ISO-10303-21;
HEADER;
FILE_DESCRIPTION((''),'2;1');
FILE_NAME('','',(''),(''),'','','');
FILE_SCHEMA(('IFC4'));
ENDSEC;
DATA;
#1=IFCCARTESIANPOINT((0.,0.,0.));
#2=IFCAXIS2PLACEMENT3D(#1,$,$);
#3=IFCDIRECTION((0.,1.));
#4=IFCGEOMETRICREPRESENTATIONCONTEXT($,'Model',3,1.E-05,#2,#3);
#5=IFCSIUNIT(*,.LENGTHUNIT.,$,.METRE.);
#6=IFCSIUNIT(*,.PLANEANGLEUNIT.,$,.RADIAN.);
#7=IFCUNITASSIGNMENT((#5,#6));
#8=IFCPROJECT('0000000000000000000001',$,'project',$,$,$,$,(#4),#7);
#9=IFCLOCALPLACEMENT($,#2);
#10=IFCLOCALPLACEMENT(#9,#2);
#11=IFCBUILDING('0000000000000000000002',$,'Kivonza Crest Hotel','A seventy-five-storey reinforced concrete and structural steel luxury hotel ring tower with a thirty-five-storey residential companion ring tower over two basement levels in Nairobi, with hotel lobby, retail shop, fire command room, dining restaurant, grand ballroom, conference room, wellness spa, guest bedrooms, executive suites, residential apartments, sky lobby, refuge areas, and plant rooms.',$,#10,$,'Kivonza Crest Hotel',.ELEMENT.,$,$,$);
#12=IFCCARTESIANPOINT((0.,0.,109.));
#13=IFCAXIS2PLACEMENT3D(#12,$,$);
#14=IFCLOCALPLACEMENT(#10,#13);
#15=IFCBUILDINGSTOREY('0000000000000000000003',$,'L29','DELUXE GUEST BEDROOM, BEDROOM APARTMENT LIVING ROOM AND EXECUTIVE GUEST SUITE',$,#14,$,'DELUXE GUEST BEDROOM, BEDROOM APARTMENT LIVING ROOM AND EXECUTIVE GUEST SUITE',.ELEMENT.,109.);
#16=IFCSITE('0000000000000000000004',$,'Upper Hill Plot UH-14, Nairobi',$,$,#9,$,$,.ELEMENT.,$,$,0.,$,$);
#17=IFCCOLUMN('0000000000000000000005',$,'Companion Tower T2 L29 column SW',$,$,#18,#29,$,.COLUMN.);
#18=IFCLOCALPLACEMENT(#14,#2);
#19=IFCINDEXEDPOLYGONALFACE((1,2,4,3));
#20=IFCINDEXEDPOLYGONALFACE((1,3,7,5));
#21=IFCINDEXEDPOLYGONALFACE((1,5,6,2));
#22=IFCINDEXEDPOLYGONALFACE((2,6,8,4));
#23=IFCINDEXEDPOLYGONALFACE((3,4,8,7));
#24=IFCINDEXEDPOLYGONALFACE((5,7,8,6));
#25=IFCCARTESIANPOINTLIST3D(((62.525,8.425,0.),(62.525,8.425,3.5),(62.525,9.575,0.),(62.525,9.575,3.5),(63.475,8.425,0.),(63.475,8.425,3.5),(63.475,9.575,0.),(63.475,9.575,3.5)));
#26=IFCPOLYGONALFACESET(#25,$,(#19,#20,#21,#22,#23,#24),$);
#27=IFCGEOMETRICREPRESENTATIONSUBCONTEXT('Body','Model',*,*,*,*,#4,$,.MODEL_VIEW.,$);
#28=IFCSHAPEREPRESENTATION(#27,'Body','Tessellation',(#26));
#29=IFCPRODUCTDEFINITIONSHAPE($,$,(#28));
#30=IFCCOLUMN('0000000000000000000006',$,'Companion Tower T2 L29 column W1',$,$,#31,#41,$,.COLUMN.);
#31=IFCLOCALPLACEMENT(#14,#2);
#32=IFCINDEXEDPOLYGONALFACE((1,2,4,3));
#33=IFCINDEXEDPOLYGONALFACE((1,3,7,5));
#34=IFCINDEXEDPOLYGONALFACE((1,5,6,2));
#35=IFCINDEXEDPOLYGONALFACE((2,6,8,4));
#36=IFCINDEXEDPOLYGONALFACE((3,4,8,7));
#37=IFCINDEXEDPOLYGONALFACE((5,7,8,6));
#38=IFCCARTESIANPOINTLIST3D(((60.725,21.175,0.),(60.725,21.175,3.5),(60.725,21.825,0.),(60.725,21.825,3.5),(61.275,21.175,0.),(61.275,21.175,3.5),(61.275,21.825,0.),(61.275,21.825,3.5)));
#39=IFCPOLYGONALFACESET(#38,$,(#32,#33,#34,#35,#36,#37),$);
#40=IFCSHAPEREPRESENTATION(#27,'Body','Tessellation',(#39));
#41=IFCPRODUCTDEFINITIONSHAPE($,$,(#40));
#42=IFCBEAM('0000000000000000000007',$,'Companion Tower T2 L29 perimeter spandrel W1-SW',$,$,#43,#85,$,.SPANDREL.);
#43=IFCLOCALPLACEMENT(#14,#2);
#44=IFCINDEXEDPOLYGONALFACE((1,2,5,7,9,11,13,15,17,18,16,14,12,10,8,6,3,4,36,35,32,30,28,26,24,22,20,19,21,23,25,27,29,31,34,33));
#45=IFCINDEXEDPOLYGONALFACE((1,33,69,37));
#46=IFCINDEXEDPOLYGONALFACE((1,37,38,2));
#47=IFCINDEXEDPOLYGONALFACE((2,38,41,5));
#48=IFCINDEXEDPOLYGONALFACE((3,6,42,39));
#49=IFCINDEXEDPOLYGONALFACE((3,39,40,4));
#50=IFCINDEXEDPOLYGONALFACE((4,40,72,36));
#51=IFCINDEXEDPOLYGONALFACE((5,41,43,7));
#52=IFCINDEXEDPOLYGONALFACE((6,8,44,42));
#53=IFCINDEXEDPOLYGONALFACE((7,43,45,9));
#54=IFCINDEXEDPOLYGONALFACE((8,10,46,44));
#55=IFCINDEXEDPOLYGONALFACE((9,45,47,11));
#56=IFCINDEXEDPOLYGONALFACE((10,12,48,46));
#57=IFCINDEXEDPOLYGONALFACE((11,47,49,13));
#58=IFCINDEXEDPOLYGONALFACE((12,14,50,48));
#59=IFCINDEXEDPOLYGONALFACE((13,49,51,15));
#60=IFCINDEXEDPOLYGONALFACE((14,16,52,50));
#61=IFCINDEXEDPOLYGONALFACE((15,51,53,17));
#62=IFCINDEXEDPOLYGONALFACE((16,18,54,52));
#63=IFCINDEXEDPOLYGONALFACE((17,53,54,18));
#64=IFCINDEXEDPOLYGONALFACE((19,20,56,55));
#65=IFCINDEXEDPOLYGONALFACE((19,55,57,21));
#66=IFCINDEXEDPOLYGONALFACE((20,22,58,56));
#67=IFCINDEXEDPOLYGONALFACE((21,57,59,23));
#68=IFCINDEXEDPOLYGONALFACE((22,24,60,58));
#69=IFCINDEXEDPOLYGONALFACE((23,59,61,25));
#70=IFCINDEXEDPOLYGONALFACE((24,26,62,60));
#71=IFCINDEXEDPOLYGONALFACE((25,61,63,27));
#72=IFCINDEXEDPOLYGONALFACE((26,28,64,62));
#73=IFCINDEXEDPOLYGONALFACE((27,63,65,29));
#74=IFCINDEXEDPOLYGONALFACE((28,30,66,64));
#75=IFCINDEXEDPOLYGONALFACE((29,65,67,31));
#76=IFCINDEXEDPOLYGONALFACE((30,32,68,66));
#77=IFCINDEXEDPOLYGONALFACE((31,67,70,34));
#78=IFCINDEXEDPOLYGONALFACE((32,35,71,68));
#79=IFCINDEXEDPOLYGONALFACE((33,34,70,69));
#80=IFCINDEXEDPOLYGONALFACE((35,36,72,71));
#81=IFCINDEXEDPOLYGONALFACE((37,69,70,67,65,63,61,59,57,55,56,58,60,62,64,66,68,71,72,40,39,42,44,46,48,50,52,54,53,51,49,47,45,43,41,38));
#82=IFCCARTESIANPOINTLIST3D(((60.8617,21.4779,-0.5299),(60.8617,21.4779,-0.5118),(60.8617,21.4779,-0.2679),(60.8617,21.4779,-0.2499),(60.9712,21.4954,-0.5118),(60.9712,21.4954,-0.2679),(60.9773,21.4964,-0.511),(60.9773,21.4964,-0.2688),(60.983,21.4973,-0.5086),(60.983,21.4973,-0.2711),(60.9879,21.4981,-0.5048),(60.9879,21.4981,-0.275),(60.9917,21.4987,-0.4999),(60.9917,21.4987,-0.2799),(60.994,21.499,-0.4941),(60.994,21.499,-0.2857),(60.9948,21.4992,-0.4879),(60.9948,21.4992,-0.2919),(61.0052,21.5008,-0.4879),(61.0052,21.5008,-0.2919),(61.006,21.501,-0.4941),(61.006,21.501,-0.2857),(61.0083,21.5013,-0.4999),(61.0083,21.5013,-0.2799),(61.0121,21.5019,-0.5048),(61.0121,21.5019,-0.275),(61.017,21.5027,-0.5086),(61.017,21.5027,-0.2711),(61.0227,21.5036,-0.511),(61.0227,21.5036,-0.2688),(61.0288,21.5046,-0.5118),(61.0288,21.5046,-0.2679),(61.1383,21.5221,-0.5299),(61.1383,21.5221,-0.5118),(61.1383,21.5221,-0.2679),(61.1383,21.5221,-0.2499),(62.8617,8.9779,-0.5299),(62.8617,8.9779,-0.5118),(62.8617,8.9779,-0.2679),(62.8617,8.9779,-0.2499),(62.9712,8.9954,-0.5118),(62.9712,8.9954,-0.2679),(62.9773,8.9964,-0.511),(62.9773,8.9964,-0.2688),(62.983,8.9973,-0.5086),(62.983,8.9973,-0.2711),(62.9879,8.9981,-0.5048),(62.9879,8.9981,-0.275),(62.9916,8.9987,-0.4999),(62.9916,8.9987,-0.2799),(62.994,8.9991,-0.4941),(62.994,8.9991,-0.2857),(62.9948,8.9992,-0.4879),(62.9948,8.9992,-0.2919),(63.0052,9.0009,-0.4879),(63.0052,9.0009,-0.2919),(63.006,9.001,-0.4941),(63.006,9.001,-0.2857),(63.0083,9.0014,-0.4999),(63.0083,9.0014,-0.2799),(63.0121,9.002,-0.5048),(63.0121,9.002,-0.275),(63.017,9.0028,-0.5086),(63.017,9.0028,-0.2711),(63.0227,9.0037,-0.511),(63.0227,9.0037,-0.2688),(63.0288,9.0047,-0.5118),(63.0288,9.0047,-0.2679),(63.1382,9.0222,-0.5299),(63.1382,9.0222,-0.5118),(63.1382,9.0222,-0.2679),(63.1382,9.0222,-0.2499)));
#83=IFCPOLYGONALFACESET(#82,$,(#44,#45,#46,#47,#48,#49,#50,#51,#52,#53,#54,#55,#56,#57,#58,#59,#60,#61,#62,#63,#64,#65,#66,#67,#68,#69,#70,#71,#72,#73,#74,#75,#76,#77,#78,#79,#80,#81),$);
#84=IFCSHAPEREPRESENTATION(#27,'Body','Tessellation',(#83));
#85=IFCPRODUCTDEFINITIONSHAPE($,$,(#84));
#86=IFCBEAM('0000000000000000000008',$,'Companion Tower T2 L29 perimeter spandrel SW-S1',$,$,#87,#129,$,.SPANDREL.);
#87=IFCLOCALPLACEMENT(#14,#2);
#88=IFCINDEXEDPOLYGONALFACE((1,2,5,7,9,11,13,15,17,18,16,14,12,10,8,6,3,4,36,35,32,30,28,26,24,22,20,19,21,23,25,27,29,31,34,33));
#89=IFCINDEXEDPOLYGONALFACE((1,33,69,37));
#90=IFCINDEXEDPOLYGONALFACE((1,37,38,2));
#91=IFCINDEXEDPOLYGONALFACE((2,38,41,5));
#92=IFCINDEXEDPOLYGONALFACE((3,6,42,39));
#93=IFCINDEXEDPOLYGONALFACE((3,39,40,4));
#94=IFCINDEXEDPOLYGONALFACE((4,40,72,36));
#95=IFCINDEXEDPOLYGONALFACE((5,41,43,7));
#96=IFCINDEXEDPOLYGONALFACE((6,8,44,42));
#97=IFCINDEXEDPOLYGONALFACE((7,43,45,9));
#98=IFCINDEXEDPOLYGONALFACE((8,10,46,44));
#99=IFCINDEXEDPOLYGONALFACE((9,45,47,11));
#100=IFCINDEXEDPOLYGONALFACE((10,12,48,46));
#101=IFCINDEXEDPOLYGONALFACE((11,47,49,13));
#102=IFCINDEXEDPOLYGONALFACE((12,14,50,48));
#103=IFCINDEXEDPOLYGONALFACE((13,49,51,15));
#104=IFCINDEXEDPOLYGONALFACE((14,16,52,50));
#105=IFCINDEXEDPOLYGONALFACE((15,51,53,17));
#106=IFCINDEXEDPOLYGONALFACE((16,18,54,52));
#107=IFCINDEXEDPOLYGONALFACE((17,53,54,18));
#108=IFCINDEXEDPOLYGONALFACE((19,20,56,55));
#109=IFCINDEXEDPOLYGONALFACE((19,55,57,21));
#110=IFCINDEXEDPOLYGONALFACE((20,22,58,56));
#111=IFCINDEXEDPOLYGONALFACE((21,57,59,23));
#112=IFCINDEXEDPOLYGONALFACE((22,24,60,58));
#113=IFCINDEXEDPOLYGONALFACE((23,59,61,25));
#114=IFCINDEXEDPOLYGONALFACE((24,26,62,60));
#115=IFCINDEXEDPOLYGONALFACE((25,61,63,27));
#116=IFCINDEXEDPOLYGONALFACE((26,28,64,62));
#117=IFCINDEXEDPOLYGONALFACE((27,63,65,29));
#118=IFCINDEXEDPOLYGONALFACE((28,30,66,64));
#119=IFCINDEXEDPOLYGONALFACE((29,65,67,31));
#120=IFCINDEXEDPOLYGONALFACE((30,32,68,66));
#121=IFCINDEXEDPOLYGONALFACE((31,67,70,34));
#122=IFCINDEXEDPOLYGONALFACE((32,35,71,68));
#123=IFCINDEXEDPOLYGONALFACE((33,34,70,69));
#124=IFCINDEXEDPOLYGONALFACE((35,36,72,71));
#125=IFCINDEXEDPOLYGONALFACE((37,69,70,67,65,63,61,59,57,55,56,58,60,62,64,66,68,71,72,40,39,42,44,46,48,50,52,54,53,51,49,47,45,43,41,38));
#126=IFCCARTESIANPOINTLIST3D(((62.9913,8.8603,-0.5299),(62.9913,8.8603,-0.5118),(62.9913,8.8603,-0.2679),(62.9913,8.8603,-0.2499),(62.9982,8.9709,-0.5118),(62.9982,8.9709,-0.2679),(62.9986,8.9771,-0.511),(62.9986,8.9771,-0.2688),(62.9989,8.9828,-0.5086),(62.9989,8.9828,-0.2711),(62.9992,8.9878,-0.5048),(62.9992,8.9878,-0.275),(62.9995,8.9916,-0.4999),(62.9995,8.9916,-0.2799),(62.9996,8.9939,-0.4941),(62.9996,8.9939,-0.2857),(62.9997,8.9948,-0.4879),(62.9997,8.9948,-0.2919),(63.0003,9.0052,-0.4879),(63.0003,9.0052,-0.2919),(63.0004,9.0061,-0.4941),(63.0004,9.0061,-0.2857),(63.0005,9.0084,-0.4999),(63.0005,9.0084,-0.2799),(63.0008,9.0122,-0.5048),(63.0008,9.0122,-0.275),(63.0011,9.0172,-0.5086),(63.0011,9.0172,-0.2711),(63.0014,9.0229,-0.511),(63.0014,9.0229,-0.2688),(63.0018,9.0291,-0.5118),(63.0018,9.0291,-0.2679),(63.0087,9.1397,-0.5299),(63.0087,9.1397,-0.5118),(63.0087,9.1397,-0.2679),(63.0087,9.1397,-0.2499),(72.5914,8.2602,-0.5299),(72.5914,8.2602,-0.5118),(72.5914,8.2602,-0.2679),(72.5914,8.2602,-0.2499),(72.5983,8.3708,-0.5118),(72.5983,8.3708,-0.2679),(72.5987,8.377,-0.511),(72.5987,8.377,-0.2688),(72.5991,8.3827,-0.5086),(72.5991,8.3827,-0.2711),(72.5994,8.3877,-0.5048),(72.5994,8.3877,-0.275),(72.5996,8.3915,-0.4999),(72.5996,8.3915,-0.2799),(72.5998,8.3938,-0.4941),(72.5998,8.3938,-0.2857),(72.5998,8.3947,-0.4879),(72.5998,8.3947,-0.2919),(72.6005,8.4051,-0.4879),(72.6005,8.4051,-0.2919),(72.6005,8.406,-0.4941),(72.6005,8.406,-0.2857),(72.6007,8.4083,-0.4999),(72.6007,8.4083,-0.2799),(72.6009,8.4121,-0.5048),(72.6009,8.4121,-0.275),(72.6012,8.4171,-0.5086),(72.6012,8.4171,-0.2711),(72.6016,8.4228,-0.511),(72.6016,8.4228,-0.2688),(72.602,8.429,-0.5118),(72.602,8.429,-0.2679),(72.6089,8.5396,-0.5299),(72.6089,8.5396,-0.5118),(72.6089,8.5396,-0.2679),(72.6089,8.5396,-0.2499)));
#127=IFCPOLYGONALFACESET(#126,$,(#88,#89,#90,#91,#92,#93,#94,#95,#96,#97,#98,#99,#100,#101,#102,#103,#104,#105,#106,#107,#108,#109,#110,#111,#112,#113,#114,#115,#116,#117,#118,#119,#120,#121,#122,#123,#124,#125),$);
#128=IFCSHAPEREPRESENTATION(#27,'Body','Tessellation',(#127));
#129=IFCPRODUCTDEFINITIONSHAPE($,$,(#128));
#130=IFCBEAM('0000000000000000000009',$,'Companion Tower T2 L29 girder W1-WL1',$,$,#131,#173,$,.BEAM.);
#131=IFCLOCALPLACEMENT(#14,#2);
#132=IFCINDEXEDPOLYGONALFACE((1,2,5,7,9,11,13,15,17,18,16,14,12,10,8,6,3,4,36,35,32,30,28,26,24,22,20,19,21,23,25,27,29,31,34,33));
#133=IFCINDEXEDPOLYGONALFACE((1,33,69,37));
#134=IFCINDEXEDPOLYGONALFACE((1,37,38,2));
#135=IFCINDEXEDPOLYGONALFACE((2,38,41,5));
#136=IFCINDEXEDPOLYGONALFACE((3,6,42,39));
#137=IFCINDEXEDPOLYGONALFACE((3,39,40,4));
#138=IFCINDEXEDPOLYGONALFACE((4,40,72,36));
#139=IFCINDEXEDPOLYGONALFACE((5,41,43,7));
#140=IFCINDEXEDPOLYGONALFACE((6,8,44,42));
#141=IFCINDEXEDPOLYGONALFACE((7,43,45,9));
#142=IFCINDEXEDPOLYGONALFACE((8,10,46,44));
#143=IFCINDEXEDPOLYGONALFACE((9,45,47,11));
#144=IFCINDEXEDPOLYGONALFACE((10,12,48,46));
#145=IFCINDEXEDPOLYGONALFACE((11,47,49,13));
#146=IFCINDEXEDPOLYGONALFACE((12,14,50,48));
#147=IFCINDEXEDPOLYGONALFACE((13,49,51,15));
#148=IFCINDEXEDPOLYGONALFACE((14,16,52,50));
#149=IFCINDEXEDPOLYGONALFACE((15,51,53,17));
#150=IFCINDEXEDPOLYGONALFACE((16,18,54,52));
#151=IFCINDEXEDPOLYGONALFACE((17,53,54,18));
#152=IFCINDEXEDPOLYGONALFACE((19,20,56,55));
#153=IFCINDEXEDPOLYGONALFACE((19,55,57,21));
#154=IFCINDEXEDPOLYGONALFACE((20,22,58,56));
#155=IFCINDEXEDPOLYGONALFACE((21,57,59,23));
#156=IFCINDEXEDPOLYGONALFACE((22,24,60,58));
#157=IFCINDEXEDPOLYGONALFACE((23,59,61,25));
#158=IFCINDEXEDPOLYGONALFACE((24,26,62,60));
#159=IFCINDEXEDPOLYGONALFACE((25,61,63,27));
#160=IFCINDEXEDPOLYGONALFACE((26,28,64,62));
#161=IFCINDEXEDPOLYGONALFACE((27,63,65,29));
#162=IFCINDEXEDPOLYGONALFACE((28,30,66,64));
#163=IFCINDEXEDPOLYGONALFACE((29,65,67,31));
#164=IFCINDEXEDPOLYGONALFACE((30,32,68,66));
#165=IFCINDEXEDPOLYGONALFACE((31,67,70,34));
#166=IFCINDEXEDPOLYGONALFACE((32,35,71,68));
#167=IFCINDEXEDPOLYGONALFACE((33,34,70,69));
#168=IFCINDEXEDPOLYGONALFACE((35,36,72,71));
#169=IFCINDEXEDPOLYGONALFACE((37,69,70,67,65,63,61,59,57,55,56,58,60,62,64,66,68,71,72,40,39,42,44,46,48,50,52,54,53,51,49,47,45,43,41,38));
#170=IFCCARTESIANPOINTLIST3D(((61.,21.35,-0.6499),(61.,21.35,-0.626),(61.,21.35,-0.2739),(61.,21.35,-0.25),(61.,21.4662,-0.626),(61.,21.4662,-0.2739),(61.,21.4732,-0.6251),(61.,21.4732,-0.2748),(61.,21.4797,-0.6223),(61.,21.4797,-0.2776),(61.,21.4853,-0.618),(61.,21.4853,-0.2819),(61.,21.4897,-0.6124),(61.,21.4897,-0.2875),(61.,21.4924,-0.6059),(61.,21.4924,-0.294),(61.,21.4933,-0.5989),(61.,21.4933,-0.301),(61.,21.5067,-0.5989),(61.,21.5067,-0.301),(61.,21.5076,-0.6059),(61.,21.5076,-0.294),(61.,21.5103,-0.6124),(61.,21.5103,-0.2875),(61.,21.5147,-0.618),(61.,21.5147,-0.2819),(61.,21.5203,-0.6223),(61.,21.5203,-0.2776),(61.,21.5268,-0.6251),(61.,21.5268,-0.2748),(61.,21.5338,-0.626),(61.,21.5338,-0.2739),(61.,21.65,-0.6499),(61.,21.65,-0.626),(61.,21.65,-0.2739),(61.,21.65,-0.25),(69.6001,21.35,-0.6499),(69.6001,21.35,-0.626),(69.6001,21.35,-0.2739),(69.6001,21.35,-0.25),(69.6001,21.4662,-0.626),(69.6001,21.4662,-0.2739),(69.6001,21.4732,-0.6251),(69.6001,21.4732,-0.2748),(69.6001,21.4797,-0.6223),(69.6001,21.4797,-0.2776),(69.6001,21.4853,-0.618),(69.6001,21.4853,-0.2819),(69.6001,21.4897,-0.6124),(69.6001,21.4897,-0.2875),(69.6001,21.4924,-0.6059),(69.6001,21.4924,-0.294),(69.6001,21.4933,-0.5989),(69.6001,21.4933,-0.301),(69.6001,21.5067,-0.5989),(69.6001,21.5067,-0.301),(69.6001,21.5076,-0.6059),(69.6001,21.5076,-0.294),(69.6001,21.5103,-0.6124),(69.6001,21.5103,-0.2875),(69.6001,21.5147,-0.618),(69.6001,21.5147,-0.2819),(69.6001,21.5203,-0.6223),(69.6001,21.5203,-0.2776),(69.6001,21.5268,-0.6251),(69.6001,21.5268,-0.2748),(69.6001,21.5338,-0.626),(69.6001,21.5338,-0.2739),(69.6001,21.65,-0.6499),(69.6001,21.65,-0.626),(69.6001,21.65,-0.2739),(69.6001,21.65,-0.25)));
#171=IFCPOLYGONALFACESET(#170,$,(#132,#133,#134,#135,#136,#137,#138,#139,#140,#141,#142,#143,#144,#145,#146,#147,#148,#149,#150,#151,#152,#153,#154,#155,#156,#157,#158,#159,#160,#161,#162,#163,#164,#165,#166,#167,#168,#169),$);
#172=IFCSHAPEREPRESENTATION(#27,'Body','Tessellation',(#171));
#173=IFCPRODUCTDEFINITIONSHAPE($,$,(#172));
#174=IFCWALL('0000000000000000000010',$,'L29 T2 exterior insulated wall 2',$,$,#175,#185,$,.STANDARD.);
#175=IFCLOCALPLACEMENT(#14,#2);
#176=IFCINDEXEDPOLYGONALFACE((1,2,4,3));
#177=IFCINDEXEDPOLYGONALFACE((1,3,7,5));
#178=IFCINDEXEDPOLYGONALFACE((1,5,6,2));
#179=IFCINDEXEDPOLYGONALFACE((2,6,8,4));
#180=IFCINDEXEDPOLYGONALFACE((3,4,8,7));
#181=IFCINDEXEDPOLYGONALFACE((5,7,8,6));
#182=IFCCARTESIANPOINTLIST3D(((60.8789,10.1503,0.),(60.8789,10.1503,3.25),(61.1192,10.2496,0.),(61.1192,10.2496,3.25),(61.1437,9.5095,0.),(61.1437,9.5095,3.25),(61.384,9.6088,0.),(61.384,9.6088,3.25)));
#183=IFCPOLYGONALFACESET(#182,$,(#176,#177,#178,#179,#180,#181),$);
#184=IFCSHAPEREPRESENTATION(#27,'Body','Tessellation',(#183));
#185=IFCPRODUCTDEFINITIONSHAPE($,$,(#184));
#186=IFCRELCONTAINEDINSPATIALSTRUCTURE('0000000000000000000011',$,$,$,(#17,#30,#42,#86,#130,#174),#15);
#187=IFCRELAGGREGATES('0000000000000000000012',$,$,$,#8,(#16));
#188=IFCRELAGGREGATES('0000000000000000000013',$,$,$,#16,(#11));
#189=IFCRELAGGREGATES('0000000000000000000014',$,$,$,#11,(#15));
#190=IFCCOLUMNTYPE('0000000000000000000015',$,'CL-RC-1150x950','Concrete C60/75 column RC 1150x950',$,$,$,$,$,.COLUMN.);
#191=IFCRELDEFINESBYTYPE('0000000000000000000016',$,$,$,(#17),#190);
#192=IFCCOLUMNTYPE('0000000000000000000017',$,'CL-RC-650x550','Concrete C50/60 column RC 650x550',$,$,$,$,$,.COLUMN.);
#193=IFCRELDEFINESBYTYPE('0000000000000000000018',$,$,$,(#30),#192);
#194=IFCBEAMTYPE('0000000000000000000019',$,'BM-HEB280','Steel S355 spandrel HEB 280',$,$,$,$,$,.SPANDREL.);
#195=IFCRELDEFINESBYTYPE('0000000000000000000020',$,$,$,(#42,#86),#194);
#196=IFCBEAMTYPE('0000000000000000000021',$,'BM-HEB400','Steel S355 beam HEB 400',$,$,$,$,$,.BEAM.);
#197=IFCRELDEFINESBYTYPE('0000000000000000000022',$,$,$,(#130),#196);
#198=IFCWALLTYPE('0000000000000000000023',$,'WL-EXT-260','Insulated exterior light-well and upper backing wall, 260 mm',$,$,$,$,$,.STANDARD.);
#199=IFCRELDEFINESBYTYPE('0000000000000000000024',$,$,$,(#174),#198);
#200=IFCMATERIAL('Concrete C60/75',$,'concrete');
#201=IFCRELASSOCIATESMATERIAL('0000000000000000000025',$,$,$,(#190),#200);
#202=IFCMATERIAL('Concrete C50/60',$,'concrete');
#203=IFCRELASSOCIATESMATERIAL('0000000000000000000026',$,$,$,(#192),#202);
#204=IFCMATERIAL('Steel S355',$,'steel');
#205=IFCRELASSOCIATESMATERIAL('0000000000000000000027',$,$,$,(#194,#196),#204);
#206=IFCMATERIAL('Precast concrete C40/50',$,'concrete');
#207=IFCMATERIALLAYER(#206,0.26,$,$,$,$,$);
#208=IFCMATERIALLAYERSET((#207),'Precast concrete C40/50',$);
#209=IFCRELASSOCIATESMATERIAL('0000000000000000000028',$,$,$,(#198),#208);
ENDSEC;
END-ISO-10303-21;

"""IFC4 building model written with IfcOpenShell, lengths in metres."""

from ifc_helpers import new_model, si_unit, direction, frame, frame_2d, origin, origin_2d, place, context, subcontext, project, spatial, rectangle, i_section, extrude, material, layer, layer_set, material_profile, profile_set, type_object, element, save


model = new_model("IFC4")

# Units and contexts
model_context = context("Model", 3, precision=1e-05, world=origin(), true_north=direction((0.0, 1.0)))
body_context = subcontext(model_context, "Body", "Model", "MODEL_VIEW")
ifc_project = project(units=[si_unit("LENGTHUNIT", "METRE"), si_unit("PLANEANGLEUNIT", "RADIAN")], contexts=[model_context])

# Site, building, storey
site_placement = place(None, origin())
site = spatial("IfcSite", under=ifc_project, at=site_placement, Name="Upper Hill Plot UH-14, Nairobi", CompositionType="ELEMENT", RefElevation=0.0)
building_placement = place(site_placement, origin())
building = spatial("IfcBuilding", under=site, at=building_placement, Name="Kivonza Crest Hotel", Description="A seventy-five-storey reinforced concrete and structural steel luxury hotel ring tower with a thirty-five-storey residential companion ring tower over two basement levels in Nairobi, with hotel lobby, retail shop, fire command room, dining restaurant, grand ballroom, conference room, wellness spa, guest bedrooms, executive suites, residential apartments, sky lobby, refuge areas, and plant rooms.", LongName="Kivonza Crest Hotel", CompositionType="ELEMENT")
storey_placement = place(building_placement, frame((0.0, 0.0, 109.0)))
storey = spatial("IfcBuildingStorey", under=building, at=storey_placement, Name="L29", Description="DELUXE GUEST BEDROOM, BEDROOM APARTMENT LIVING ROOM AND EXECUTIVE GUEST SUITE", LongName="DELUXE GUEST BEDROOM, BEDROOM APARTMENT LIVING ROOM AND EXECUTIVE GUEST SUITE", CompositionType="ELEMENT", Elevation=109.0)

# Columns
ifc_material_1 = material(Name="Concrete C60/75", Category="concrete")
ifc_material_profile_1 = material_profile(ifc_material_1, rectangle(XDim=0.95, YDim=1.1499, at=origin_2d()), Name="RC 1150x950")
ifc_profile_set_1 = profile_set([ifc_material_profile_1], Name="Concrete C60/75")
column_type_1 = type_object("IfcColumnType", Name="CL-RC-1150x950", Description="Concrete C60/75 column RC 1150x950", PredefinedType="COLUMN", material=ifc_profile_set_1)
column_1_placement = place(storey_placement, frame((63.0, 9.0, 0.0), z_axis=(0.0, 0.0, 1.0), x_axis=(1.0, 0.0, 0.0)))
element("IfcColumn", 1, at=column_1_placement, inside=storey, type_object=column_type_1, Name="Companion Tower T2 L29 column SW", PredefinedType="COLUMN", context=body_context, shape_type="SweptSolid", body=[
    extrude(rectangle(XDim=0.95, YDim=1.1499, at=origin_2d()), origin(), (0.0, 0.0, 1.0), 3.5),
])
ifc_material_2 = material(Name="Concrete C50/60", Category="concrete")
ifc_material_profile_2 = material_profile(ifc_material_2, rectangle(XDim=0.55, YDim=0.6499, at=origin_2d()), Name="RC 650x550")
ifc_profile_set_2 = profile_set([ifc_material_profile_2], Name="Concrete C50/60")
column_type_2 = type_object("IfcColumnType", Name="CL-RC-650x550", Description="Concrete C50/60 column RC 650x550", PredefinedType="COLUMN", material=ifc_profile_set_2)
column_2_placement = place(storey_placement, frame((61.0, 21.5, 0.0), z_axis=(0.0, 0.0, 1.0), x_axis=(1.0, 0.0, 0.0)))
element("IfcColumn", 2, at=column_2_placement, inside=storey, type_object=column_type_2, Name="Companion Tower T2 L29 column W1", PredefinedType="COLUMN", context=body_context, shape_type="SweptSolid", body=[
    extrude(rectangle(XDim=0.55, YDim=0.6499, at=origin_2d()), origin(), (0.0, 0.0, 1.0), 3.5),
])

# Beams
ifc_material_3 = material(Name="Steel S355", Category="steel")
ifc_material_profile_3 = material_profile(ifc_material_3, i_section(OverallWidth=0.28, OverallDepth=0.28, WebThickness=0.0105, FlangeThickness=0.0181, FilletRadius=0.0239, at=origin_2d()), Name="HEB 280")
ifc_profile_set_3 = profile_set([ifc_material_profile_3], Name="Steel S355")
beam_type_1 = type_object("IfcBeamType", Name="BM-HEB280", Description="Steel S355 spandrel HEB 280", PredefinedType="SPANDREL", material=ifc_profile_set_3)
beam_1_placement = place(storey_placement, frame((61.0, 21.5, -0.3899), z_axis=(0.157991, -0.987441, 0.0), x_axis=(0.987441, 0.157991, 0.0)))
element("IfcBeam", 3, at=beam_1_placement, inside=storey, type_object=beam_type_1, Name="Companion Tower T2 L29 perimeter spandrel W1-SW", PredefinedType="SPANDREL", context=body_context, shape_type="SweptSolid", body=[
    extrude(i_section(OverallWidth=0.28, OverallDepth=0.28, WebThickness=0.0105, FlangeThickness=0.0181, FilletRadius=0.0239, at=origin_2d()), origin(), (0.0, 0.0, 1.0), 12.6589),
])
beam_2_placement = place(storey_placement, frame((63.0, 9.0, -0.3899), z_axis=(0.998052, -0.062388, 0.0), x_axis=(0.062388, 0.998052, 0.0)))
element("IfcBeam", 4, at=beam_2_placement, inside=storey, type_object=beam_type_1, Name="Companion Tower T2 L29 perimeter spandrel SW-S1", PredefinedType="SPANDREL", context=body_context, shape_type="SweptSolid", body=[
    extrude(i_section(OverallWidth=0.28, OverallDepth=0.28, WebThickness=0.0105, FlangeThickness=0.0181, FilletRadius=0.0239, at=origin_2d()), origin(), (0.0, 0.0, 1.0), 9.6189),
])
ifc_material_profile_4 = material_profile(ifc_material_3, i_section(OverallWidth=0.3, OverallDepth=0.3999, WebThickness=0.0134, FlangeThickness=0.0239, FilletRadius=0.0271, at=origin_2d()), Name="HEB 400")
ifc_profile_set_4 = profile_set([ifc_material_profile_4], Name="Steel S355")
beam_type_2 = type_object("IfcBeamType", Name="BM-HEB400", Description="Steel S355 beam HEB 400", PredefinedType="BEAM", material=ifc_profile_set_4)
beam_3_placement = place(storey_placement, frame((61.0, 21.5, -0.45), z_axis=(1.0, 0.0, 0.0), x_axis=(0.0, 1.0, 0.0)))
element("IfcBeam", 5, at=beam_3_placement, inside=storey, type_object=beam_type_2, Name="Companion Tower T2 L29 girder W1-WL1", PredefinedType="BEAM", context=body_context, shape_type="SweptSolid", body=[
    extrude(i_section(OverallWidth=0.3, OverallDepth=0.3999, WebThickness=0.0134, FlangeThickness=0.0239, FilletRadius=0.0271, at=origin_2d()), origin(), (0.0, 0.0, 1.0), 8.6001),
])

# Wall
ifc_material_4 = material(Name="Precast concrete C40/50", Category="concrete")
ifc_layer_1 = layer(ifc_material_4, 0.26)
ifc_layer_set_1 = layer_set([ifc_layer_1], Name="Precast concrete C40/50")
wall_type_1 = type_object("IfcWallType", Name="WL-EXT-260", Description="Insulated exterior light-well and upper backing wall, 260 mm", PredefinedType="STANDARD", material=ifc_layer_set_1)
wall_1_placement = place(storey_placement, frame((60.999, 10.2, 0.0), z_axis=(0.0, 0.0, 1.0), x_axis=(0.381989, -0.924167, 0.0)))
element("IfcWall", 6, at=wall_1_placement, inside=storey, type_object=wall_type_1, Name="L29 T2 exterior insulated wall 2", PredefinedType="STANDARD", context=body_context, shape_type="SweptSolid", body=[
    extrude(rectangle(XDim=0.6934, YDim=0.26, at=frame_2d((0.3467, 0.0))), origin(), (0.0, 0.0, 1.0), 3.25),
])

save(model, "model.ifc")
